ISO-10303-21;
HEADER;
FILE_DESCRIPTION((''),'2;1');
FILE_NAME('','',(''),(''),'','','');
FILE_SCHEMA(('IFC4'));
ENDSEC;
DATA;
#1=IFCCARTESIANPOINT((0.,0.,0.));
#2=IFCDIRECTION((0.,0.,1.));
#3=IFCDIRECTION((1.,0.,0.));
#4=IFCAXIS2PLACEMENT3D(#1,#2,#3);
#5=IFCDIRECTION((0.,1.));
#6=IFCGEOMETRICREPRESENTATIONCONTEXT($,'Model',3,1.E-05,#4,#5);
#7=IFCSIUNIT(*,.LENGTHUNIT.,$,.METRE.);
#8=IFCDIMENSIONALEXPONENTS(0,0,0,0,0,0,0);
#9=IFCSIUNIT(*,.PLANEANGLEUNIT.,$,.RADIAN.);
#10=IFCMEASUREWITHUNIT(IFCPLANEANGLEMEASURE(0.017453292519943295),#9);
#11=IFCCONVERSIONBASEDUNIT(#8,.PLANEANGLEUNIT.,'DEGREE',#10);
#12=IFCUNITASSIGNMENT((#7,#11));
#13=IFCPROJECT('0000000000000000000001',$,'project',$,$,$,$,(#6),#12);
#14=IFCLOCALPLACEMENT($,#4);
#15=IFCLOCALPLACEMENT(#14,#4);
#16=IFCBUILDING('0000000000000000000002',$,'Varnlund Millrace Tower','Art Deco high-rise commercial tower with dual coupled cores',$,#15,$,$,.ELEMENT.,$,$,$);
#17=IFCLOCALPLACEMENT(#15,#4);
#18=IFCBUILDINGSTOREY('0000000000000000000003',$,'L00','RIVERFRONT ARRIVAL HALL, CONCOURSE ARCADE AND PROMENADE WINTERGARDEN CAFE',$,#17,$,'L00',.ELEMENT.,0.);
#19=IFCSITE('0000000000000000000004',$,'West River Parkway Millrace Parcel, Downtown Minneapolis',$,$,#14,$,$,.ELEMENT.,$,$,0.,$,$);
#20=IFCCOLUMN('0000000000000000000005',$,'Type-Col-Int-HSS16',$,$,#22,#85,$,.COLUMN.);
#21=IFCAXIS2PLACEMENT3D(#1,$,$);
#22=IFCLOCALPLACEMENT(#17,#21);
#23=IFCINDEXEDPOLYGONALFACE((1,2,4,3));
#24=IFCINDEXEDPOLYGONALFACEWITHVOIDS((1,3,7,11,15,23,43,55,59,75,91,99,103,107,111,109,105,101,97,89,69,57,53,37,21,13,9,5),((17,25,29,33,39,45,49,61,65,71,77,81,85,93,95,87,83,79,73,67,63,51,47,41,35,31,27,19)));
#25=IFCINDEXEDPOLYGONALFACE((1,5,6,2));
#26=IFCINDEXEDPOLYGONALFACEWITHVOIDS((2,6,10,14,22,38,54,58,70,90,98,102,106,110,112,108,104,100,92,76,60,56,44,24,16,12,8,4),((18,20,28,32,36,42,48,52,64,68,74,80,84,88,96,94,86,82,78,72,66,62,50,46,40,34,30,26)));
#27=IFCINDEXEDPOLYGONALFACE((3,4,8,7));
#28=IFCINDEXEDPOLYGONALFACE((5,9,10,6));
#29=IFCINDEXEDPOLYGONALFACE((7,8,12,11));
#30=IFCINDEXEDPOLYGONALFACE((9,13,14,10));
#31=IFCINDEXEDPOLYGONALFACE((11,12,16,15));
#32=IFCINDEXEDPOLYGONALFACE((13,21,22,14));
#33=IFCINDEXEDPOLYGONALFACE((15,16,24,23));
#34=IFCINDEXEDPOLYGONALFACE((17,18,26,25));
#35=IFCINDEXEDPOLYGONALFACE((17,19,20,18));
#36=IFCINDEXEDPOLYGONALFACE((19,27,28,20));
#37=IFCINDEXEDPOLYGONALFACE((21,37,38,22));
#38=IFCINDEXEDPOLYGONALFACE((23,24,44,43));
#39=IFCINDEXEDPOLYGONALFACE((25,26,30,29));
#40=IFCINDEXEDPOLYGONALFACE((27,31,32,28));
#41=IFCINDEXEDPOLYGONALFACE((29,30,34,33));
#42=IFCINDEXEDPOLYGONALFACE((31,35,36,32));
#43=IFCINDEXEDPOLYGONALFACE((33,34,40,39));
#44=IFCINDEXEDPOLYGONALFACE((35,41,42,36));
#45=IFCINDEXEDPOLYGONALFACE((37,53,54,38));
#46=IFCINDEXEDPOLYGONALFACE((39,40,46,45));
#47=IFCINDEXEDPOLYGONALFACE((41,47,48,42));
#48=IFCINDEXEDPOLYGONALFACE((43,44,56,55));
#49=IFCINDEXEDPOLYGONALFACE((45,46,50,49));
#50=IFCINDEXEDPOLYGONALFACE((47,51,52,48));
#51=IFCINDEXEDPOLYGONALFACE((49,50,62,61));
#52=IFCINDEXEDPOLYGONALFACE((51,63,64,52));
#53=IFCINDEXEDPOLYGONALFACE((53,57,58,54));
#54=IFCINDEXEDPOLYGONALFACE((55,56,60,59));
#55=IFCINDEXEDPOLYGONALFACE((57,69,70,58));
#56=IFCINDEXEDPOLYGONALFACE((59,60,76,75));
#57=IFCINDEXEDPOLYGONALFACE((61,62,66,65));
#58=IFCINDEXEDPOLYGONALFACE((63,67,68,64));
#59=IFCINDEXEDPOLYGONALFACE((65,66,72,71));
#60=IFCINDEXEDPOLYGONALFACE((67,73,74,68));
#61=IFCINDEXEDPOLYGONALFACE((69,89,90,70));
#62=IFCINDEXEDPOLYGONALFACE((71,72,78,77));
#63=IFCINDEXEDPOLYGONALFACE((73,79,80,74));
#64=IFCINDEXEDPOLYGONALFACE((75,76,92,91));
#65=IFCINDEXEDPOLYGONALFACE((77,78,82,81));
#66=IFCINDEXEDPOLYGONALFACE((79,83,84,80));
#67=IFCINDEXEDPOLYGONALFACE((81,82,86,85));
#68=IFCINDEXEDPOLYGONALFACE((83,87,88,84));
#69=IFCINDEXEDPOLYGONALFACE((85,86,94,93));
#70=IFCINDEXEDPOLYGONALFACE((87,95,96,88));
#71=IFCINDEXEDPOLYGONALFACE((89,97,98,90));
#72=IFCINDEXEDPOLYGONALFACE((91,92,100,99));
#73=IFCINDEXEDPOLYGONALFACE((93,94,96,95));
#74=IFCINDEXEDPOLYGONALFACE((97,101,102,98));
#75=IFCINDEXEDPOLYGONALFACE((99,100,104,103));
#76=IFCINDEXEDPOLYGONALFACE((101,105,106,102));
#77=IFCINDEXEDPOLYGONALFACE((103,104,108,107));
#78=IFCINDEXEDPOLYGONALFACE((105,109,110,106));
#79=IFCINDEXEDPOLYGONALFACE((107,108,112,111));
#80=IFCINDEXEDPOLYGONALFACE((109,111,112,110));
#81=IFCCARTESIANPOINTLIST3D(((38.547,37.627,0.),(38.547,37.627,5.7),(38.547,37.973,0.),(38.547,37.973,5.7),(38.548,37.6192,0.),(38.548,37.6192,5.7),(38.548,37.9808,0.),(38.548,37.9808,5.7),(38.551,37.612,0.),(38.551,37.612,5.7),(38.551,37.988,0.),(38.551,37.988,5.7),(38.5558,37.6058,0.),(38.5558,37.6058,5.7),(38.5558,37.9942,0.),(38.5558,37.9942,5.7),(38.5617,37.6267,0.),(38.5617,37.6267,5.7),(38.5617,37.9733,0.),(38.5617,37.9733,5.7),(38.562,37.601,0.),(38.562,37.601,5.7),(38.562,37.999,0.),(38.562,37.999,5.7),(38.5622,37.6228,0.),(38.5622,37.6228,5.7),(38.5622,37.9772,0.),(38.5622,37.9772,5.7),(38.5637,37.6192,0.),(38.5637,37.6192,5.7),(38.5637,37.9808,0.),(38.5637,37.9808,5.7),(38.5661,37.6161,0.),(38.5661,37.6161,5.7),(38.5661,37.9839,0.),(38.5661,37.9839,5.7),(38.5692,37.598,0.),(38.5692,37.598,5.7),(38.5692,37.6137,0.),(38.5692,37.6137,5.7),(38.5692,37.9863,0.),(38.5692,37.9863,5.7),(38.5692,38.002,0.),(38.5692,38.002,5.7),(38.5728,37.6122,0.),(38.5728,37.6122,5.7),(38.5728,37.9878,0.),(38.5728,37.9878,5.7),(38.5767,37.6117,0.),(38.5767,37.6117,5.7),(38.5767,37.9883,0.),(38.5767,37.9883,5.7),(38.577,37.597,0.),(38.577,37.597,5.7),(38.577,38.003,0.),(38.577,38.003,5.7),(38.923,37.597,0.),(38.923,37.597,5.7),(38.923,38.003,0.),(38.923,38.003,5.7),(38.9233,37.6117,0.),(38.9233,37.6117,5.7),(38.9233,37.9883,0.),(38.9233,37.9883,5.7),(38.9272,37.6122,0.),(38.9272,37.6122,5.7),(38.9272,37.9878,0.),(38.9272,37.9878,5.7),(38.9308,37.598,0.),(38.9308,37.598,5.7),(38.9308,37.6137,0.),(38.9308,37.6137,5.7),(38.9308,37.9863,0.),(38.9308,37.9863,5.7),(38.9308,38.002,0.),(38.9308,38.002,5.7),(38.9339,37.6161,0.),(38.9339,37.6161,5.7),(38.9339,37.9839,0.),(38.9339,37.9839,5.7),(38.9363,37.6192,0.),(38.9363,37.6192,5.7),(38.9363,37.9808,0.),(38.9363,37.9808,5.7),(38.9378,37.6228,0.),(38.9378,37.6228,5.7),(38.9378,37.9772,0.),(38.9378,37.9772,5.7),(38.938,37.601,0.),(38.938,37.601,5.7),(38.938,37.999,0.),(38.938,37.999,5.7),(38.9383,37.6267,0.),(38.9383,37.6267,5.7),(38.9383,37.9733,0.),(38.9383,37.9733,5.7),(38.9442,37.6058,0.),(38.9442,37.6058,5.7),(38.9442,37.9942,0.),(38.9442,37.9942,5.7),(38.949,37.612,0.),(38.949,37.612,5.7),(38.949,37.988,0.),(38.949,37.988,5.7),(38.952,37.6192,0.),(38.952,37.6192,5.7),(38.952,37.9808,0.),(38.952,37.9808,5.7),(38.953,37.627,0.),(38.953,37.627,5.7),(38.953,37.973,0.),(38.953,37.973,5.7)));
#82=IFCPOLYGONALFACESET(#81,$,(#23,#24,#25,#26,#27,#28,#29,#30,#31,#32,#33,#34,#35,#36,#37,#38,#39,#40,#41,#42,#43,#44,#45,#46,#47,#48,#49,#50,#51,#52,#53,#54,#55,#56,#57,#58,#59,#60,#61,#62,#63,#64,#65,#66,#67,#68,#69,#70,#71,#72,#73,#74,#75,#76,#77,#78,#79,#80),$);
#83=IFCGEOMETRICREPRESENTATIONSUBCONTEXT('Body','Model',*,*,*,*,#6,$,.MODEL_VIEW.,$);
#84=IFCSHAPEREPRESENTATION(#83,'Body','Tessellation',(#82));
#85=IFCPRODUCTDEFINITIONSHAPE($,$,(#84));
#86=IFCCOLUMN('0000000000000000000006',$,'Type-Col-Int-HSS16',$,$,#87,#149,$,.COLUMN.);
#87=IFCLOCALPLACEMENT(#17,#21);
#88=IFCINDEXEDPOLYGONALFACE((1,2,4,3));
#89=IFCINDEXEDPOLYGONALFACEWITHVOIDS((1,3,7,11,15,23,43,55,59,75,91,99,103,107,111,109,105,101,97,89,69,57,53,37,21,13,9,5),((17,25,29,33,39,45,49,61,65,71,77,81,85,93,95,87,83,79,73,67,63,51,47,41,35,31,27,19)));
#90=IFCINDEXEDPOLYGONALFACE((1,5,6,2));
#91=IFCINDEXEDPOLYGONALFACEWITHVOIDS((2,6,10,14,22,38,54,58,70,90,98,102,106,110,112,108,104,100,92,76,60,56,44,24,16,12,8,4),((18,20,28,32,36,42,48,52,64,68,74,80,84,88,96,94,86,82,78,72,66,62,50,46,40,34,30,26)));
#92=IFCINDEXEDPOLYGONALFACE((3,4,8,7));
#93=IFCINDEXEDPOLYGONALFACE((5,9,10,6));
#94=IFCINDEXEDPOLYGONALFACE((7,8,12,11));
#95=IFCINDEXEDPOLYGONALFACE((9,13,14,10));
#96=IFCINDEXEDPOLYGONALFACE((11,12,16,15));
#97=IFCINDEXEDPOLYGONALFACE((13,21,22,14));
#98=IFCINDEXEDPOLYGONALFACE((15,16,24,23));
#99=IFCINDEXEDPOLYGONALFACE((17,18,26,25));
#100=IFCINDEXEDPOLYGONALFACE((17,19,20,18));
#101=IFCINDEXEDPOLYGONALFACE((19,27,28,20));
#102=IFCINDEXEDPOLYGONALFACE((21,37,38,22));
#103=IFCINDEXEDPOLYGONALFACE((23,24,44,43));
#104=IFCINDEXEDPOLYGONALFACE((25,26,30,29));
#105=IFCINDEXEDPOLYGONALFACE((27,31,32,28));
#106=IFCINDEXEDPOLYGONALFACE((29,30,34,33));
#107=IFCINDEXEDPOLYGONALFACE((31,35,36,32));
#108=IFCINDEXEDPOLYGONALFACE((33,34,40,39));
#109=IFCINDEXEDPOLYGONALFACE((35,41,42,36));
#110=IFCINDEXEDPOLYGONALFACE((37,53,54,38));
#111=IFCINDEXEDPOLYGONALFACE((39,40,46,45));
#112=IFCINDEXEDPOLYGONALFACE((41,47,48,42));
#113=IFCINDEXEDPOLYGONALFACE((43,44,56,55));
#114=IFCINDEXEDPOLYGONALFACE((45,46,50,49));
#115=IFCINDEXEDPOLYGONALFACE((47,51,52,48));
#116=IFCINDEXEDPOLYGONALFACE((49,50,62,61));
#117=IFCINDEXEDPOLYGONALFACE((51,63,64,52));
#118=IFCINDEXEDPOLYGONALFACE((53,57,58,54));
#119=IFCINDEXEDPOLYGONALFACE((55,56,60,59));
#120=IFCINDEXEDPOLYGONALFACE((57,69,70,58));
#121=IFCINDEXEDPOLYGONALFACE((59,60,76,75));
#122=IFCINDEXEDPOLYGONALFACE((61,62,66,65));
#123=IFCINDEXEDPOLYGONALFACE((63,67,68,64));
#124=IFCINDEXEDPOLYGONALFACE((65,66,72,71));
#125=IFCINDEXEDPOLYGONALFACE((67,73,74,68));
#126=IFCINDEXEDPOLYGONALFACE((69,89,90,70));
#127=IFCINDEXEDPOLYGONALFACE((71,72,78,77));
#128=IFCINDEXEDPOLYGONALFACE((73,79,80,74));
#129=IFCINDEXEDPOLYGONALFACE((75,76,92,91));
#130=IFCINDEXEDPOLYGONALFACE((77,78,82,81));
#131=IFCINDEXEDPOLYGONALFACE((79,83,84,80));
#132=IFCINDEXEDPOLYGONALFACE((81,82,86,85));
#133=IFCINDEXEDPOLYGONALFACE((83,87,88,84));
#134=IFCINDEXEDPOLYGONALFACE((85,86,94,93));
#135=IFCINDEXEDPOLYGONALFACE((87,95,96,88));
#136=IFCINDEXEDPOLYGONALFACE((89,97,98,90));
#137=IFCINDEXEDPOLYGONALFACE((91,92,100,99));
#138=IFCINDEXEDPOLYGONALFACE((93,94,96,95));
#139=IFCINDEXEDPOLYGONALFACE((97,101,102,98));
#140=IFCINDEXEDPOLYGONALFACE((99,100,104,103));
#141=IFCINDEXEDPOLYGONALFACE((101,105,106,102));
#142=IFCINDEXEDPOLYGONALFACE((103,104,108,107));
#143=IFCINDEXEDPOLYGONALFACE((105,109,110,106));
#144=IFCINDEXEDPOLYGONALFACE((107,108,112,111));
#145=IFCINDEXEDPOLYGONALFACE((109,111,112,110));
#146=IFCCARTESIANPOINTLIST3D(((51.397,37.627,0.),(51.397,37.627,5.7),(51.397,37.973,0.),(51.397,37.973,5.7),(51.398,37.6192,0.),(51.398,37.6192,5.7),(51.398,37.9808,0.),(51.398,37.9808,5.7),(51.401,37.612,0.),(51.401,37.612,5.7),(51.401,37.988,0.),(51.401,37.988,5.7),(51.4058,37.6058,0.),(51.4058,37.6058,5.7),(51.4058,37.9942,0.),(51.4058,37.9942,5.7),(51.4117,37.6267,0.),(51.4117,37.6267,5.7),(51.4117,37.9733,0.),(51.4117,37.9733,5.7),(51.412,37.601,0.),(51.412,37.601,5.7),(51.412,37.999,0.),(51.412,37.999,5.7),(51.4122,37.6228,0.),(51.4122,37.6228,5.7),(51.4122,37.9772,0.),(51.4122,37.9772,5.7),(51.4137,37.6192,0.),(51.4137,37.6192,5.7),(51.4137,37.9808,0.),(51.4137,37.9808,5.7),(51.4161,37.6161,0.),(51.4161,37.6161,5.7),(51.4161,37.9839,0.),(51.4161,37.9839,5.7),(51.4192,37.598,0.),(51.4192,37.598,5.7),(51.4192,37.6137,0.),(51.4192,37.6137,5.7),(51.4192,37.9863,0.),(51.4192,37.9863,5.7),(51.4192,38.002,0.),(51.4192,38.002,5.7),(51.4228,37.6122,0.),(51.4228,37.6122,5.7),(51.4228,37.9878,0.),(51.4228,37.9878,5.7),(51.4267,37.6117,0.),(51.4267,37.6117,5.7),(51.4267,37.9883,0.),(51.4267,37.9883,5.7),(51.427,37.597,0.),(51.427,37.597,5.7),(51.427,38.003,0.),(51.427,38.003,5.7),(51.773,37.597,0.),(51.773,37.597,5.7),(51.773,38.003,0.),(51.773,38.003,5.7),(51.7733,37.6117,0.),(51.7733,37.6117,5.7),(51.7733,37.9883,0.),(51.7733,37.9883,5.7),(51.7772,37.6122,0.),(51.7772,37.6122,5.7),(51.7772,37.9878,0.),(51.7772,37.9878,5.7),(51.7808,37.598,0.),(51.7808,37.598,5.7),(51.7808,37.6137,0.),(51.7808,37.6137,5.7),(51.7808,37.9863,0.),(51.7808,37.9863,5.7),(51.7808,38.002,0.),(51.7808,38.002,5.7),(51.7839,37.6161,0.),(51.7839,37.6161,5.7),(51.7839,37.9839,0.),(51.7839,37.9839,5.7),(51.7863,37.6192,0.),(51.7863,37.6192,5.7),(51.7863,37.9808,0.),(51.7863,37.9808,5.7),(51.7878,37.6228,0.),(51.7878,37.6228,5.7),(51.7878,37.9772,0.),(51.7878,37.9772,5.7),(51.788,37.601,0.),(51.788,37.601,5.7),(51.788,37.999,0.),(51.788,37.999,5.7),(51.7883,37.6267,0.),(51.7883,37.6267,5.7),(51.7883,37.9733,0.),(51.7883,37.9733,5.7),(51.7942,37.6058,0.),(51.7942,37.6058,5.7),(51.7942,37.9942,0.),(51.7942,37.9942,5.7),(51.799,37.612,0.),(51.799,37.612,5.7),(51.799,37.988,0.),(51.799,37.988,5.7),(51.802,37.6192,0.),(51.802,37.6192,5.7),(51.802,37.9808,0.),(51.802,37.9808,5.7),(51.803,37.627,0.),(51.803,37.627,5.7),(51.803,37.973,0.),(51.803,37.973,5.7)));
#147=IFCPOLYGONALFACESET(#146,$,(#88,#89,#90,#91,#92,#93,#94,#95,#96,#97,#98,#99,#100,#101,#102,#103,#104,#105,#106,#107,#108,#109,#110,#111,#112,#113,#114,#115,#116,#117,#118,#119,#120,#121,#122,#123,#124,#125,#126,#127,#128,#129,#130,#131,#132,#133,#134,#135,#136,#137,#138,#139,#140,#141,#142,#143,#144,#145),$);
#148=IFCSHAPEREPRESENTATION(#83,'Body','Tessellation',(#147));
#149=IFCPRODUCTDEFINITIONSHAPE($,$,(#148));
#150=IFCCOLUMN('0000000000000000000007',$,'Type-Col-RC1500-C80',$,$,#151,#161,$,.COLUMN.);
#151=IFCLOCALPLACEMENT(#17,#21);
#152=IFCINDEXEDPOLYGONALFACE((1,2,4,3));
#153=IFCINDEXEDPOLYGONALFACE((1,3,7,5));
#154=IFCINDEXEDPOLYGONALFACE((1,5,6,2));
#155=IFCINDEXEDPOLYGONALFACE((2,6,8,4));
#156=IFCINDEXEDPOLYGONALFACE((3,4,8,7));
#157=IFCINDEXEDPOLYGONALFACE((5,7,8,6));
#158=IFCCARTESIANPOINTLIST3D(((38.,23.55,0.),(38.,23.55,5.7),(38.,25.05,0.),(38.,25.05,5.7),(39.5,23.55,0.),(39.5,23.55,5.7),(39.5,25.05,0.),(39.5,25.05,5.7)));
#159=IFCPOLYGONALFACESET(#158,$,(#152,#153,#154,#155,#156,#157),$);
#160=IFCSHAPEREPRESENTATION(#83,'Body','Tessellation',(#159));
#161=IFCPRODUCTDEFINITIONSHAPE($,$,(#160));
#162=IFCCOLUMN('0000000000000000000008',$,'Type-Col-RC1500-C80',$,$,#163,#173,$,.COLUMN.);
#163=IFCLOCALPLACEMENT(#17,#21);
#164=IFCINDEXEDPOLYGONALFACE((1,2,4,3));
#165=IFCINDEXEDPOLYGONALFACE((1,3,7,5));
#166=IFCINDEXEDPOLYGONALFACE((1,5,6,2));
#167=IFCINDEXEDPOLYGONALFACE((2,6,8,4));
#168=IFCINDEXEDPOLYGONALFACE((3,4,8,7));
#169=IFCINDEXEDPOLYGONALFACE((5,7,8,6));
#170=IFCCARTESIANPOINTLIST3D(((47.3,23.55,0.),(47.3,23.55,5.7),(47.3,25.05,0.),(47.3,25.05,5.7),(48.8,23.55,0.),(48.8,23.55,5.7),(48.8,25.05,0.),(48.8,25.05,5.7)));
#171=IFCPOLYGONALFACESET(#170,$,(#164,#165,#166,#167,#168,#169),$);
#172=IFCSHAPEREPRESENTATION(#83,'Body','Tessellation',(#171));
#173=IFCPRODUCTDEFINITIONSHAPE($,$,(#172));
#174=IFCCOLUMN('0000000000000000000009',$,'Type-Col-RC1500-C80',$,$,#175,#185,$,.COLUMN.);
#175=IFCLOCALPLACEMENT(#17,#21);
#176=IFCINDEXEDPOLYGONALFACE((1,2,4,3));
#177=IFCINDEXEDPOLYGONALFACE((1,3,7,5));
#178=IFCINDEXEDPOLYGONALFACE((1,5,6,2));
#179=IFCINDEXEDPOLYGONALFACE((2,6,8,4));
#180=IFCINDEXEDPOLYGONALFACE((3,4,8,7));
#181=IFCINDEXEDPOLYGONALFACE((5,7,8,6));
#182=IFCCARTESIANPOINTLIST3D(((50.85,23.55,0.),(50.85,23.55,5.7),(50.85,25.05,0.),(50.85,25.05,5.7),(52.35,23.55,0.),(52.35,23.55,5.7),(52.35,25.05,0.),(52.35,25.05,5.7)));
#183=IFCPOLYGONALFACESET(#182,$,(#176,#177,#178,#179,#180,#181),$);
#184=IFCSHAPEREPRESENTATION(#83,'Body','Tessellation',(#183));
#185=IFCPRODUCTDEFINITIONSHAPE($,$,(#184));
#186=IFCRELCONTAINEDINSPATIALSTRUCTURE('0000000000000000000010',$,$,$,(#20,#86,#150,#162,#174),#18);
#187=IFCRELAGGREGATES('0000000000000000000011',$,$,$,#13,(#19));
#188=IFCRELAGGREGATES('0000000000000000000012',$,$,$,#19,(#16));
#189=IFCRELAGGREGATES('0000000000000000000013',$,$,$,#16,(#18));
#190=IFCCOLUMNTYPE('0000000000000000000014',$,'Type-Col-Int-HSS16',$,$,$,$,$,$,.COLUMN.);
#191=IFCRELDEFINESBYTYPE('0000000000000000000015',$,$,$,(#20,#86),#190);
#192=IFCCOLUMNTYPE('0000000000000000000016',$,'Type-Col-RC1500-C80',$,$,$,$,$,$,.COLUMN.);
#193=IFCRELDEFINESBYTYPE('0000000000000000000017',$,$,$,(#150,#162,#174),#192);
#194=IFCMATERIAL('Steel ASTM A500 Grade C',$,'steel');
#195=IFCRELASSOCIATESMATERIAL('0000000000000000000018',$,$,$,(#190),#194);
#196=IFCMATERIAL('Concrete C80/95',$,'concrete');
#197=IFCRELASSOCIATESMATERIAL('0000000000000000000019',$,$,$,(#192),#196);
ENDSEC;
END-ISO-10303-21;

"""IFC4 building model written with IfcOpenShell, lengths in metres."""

from ifc_helpers import new_model, entity, si_unit, converted_unit, direction, frame, origin_with_axes, origin_2d_with_axis, place, context, subcontext, project, spatial, rectangle, hollow_rectangle, extrude, material, material_profile, profile_set, type_object, element, save


model = new_model("IFC4")

# Units and contexts
model_context = context("Model", 3, precision=1e-05, world=origin_with_axes(), true_north=direction((0.0, 1.0)))
body_context = subcontext(model_context, "Body", "Model", "MODEL_VIEW")
ifc_project = project(units=[si_unit("LENGTHUNIT", "METRE"), converted_unit("PLANEANGLEUNIT", "DEGREE", entity("IfcPlaneAngleMeasure", 0.017453292519943295), si_unit("PLANEANGLEUNIT", "RADIAN"), dimensions=[0, 0, 0, 0, 0, 0, 0])], contexts=[model_context])

# Site, building, storey
site_placement = place(None, origin_with_axes())
site = spatial("IfcSite", under=ifc_project, at=site_placement, Name="West River Parkway Millrace Parcel, Downtown Minneapolis", CompositionType="ELEMENT", RefElevation=0.0)
building_placement = place(site_placement, origin_with_axes())
building = spatial("IfcBuilding", under=site, at=building_placement, Name="Varnlund Millrace Tower", Description="Art Deco high-rise commercial tower with dual coupled cores", CompositionType="ELEMENT")
storey_placement = place(building_placement, origin_with_axes())
storey = spatial("IfcBuildingStorey", under=building, at=storey_placement, Name="L00", Description="RIVERFRONT ARRIVAL HALL, CONCOURSE ARCADE AND PROMENADE WINTERGARDEN CAFE", LongName="L00", CompositionType="ELEMENT", Elevation=0.0)

# Columns
ifc_material_1 = material(Name="Steel ASTM A500 Grade C", Category="steel")
ifc_material_profile_1 = material_profile(ifc_material_1, hollow_rectangle(XDim=0.406, YDim=0.406, WallThickness=0.0147, InnerFilletRadius=0.015, OuterFilletRadius=0.03, at=origin_2d_with_axis()), Name="Steel ASTM A500 Grade C")
ifc_profile_set_1 = profile_set([ifc_material_profile_1], Name="Steel ASTM A500 Grade C")
column_type_1 = type_object("IfcColumnType", Name="Type-Col-Int-HSS16", PredefinedType="COLUMN", material=ifc_profile_set_1)
for number, where, z_axis, x_axis, name in (
    (1, (38.75, 37.8, 0.0), (0.0, 0.0, 1.0), (1.0, 0.0, 0.0), "Type-Col-Int-HSS16"),
    (2, (51.6, 37.8, 0.0), (0.0, 0.0, 1.0), (1.0, 0.0, 0.0), "Type-Col-Int-HSS16"),
):
    element("IfcColumn", number, at=place(storey_placement, frame(where, z_axis=z_axis, x_axis=x_axis)), inside=storey, type_object=column_type_1, Name=name, PredefinedType="COLUMN", context=body_context, shape_type="SweptSolid", body=[
        extrude(hollow_rectangle(XDim=0.406, YDim=0.406, WallThickness=0.0147, InnerFilletRadius=0.015, OuterFilletRadius=0.03, at=origin_2d_with_axis()), origin_with_axes(), (0.0, 0.0, 1.0), 5.7),
    ])
ifc_material_2 = material(Name="Concrete C80/95", Category="concrete")
ifc_material_profile_2 = material_profile(ifc_material_2, rectangle(XDim=1.5, YDim=1.5, at=origin_2d_with_axis()), Name="Concrete C80/95")
ifc_profile_set_2 = profile_set([ifc_material_profile_2], Name="Concrete C80/95")
column_type_2 = type_object("IfcColumnType", Name="Type-Col-RC1500-C80", PredefinedType="COLUMN", material=ifc_profile_set_2)
for number, where, z_axis, x_axis, name in (
    (3, (38.75, 24.3, 0.0), (0.0, 0.0, 1.0), (1.0, 0.0, 0.0), "Type-Col-RC1500-C80"),
    (4, (48.05, 24.3, 0.0), (0.0, 0.0, 1.0), (1.0, 0.0, 0.0), "Type-Col-RC1500-C80"),
    (5, (51.6, 24.3, 0.0), (0.0, 0.0, 1.0), (1.0, 0.0, 0.0), "Type-Col-RC1500-C80"),
):
    element("IfcColumn", number, at=place(storey_placement, frame(where, z_axis=z_axis, x_axis=x_axis)), inside=storey, type_object=column_type_2, Name=name, PredefinedType="COLUMN", context=body_context, shape_type="SweptSolid", body=[
        extrude(rectangle(XDim=1.5, YDim=1.5, at=origin_2d_with_axis()), origin_with_axes(), (0.0, 0.0, 1.0), 5.7),
    ])

save(model, "model.ifc")
